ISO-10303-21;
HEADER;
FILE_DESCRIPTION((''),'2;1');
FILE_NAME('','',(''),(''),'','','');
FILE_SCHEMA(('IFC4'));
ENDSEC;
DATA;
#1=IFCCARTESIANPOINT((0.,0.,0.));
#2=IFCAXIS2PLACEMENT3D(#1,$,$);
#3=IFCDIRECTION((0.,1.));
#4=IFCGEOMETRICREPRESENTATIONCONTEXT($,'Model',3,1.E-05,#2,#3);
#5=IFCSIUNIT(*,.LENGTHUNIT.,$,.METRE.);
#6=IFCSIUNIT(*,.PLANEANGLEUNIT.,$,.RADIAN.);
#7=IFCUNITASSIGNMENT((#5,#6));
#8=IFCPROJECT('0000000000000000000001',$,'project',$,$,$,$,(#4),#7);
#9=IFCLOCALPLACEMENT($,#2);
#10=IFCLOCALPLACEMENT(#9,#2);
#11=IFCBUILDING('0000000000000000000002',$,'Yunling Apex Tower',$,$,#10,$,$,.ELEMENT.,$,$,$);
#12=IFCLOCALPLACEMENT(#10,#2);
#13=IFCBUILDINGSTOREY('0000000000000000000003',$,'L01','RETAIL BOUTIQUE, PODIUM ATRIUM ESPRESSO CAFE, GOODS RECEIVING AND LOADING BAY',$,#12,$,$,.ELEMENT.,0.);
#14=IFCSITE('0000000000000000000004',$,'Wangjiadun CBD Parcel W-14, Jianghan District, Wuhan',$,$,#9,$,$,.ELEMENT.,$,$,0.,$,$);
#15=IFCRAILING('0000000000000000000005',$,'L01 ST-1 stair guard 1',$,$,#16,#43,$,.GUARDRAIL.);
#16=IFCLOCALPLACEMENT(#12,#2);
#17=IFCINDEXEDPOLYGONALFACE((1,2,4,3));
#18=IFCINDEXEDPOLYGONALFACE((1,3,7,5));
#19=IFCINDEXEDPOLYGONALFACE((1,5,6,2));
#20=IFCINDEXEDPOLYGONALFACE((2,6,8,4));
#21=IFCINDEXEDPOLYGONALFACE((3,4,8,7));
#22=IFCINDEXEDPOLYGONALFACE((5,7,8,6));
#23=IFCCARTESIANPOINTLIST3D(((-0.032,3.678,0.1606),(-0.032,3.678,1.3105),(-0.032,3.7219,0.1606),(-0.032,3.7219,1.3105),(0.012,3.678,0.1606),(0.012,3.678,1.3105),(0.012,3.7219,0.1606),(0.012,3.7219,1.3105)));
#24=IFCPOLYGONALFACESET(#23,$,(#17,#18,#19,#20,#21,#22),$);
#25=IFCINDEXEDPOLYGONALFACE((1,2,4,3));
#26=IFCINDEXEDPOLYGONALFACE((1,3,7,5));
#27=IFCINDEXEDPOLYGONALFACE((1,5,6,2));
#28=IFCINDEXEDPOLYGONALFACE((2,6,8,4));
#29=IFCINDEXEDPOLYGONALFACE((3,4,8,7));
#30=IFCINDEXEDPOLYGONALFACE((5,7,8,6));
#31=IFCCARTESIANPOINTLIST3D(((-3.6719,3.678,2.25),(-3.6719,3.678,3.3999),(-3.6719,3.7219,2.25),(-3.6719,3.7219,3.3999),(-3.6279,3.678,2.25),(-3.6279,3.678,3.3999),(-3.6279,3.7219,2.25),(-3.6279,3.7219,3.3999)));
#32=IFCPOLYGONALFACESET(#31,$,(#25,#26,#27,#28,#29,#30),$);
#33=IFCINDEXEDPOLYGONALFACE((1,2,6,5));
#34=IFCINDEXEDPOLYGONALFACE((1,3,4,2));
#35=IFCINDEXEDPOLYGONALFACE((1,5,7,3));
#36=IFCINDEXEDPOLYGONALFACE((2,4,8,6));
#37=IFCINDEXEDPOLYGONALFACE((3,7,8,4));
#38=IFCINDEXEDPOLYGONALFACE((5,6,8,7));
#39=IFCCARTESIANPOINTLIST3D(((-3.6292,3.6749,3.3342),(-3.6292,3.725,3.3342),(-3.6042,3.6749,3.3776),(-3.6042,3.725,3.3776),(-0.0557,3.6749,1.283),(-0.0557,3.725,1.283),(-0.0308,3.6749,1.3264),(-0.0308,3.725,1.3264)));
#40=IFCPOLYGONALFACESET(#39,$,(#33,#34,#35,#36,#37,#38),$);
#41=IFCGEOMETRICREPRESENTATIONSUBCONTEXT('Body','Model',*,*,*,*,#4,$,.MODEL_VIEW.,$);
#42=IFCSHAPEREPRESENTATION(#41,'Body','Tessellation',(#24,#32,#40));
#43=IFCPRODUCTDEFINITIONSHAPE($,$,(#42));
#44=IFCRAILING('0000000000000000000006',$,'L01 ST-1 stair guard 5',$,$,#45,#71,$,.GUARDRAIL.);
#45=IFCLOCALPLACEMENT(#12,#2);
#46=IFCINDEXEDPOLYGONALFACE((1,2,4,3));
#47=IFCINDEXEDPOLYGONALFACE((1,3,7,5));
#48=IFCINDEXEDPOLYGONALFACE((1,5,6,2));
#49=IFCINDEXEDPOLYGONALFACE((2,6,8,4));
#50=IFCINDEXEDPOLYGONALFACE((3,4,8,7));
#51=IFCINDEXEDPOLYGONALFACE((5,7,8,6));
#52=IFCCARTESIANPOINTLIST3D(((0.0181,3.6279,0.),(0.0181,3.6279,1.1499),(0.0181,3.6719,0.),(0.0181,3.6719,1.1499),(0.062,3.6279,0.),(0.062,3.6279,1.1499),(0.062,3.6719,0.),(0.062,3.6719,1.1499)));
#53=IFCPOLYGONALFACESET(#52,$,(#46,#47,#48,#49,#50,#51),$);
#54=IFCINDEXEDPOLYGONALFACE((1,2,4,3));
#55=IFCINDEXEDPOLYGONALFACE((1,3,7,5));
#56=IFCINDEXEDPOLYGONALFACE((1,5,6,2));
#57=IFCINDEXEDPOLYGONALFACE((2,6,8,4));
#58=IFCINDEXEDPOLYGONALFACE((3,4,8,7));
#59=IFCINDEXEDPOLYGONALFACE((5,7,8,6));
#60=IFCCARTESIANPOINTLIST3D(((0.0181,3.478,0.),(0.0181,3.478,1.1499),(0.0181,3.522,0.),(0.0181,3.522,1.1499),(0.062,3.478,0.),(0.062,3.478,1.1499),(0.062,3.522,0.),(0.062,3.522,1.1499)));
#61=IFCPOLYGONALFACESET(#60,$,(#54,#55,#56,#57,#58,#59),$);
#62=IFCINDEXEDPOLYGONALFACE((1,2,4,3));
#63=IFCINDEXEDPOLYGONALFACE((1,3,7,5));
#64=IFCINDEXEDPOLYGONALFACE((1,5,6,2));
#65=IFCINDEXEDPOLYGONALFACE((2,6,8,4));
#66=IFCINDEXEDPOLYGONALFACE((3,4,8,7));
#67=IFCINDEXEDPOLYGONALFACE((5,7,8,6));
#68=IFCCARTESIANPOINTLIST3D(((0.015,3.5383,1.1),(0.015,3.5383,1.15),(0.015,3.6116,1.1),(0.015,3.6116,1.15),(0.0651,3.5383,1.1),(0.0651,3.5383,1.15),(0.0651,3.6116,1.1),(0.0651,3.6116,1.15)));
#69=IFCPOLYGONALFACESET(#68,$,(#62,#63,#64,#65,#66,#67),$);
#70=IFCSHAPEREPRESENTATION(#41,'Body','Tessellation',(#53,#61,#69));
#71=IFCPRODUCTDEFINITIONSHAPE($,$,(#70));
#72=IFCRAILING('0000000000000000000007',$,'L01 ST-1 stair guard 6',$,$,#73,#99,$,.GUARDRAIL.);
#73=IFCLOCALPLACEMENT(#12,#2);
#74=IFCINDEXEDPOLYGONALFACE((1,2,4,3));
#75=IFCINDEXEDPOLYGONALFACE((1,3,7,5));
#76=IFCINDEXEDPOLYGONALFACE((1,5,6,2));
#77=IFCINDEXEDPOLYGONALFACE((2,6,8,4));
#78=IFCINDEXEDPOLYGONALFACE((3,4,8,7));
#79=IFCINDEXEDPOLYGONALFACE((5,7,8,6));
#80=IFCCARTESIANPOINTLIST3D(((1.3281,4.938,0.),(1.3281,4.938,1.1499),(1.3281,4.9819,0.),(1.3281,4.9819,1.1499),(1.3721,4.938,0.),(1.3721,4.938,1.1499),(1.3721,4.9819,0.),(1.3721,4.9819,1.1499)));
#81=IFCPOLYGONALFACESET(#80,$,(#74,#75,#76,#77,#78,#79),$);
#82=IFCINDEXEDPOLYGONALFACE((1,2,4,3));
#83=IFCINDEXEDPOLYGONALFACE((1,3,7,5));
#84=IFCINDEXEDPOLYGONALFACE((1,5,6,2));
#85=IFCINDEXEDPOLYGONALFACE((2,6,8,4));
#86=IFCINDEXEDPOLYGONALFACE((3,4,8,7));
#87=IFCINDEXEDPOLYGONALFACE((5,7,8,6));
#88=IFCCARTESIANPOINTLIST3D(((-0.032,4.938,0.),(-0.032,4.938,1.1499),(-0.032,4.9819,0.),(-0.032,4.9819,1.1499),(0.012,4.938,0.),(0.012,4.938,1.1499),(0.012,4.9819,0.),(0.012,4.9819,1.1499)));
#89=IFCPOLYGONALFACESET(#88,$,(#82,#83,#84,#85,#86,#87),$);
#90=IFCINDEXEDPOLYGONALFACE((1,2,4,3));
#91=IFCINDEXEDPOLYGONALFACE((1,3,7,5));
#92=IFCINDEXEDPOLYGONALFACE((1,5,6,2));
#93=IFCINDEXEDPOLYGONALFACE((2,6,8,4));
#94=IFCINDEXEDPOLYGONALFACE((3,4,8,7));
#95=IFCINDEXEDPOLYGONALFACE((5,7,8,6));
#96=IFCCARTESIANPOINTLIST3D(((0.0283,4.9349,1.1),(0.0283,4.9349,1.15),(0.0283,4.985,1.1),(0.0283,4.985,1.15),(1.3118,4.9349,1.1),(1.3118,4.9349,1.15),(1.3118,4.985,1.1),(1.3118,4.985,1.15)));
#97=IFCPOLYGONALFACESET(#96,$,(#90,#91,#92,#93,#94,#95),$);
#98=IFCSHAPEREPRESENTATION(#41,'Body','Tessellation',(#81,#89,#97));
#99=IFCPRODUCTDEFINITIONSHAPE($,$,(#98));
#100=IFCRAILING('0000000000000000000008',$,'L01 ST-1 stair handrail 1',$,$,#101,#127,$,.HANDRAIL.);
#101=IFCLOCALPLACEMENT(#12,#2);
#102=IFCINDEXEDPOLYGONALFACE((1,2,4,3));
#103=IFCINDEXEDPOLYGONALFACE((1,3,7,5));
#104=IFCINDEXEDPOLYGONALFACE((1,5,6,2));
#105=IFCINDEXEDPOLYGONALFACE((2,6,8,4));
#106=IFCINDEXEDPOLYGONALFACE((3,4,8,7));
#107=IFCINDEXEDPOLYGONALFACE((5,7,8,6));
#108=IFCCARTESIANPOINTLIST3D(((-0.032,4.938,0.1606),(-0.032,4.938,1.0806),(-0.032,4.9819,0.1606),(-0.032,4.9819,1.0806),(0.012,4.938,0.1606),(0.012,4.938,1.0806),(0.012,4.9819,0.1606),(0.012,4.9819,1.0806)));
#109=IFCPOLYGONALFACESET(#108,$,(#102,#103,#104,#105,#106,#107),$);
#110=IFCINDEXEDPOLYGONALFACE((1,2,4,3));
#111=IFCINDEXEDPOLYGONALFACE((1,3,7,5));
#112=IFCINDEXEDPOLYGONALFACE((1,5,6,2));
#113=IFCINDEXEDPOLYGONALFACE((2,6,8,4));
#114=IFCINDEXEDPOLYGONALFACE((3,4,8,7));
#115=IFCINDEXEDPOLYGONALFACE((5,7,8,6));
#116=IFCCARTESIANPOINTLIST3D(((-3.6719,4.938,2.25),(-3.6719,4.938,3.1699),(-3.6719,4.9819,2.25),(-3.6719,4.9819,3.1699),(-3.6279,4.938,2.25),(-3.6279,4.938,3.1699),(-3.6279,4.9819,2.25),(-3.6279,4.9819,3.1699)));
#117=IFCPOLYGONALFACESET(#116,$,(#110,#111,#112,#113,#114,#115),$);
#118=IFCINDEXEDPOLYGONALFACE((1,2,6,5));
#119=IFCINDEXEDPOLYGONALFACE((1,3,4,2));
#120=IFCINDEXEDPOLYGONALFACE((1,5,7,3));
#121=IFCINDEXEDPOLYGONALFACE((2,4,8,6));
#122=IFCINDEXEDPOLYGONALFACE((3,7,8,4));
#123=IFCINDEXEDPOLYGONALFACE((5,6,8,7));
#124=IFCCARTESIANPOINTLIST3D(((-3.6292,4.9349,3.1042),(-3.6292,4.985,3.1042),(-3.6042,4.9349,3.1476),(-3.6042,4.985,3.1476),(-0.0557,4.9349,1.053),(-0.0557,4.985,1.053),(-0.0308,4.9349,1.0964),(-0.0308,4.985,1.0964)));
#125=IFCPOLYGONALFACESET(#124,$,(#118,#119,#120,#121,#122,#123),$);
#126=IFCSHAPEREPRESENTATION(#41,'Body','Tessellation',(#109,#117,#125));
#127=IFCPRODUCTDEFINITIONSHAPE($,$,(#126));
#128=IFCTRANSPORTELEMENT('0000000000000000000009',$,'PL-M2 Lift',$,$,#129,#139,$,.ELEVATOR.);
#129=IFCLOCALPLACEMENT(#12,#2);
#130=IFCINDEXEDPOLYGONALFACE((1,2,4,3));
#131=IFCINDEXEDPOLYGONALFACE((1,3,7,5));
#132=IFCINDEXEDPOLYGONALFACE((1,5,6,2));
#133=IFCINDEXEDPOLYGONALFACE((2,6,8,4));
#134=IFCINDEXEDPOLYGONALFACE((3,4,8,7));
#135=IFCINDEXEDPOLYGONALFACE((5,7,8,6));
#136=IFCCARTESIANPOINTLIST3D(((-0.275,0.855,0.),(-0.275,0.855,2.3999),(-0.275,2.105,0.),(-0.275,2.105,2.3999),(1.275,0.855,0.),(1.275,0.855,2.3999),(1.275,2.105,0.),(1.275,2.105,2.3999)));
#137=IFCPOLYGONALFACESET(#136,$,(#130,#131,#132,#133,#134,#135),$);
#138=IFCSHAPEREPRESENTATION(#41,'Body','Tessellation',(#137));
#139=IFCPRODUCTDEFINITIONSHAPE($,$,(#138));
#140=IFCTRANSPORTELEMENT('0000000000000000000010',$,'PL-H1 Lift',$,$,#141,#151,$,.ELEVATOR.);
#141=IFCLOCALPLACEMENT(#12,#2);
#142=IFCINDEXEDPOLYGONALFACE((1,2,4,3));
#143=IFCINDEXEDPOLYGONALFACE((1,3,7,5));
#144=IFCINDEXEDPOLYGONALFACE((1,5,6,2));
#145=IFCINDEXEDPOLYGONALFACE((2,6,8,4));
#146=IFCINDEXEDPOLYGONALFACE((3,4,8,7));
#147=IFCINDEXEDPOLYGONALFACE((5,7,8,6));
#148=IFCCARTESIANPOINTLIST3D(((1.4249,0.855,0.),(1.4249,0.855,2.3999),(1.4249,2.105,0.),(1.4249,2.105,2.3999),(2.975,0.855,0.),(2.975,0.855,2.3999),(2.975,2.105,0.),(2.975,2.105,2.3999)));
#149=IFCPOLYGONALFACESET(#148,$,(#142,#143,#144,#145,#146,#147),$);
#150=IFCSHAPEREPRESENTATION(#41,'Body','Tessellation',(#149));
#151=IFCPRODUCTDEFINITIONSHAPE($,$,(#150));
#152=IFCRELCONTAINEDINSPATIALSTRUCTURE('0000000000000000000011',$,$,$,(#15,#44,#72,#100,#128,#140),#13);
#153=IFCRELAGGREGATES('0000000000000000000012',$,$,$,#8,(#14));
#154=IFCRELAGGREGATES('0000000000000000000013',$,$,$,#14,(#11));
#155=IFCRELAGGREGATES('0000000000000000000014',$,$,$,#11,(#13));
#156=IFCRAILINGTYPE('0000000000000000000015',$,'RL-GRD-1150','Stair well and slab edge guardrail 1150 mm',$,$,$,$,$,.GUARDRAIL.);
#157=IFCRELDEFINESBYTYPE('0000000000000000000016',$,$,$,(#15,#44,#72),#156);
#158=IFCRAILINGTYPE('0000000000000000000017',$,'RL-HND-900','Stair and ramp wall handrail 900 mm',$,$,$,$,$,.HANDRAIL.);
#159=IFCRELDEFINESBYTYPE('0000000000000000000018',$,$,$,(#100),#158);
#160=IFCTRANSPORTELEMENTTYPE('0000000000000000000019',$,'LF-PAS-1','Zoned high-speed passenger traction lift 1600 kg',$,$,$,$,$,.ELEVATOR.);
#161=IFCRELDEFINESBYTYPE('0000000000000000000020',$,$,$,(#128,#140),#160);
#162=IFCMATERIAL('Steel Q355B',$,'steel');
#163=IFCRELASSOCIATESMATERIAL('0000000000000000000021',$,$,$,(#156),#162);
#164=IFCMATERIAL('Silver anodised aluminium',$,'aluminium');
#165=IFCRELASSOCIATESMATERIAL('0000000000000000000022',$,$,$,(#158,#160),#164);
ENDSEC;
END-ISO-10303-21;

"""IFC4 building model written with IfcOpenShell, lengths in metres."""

from ifc_helpers import new_model, si_unit, direction, frame, origin, origin_2d, place, context, subcontext, project, spatial, rectangle, extrude, source, transform, mapped, material, type_object, element, save


model = new_model("IFC4")

# Units and contexts
model_context = context("Model", 3, precision=1e-05, world=origin(), true_north=direction((0.0, 1.0)))
body_context = subcontext(model_context, "Body", "Model", "MODEL_VIEW")
ifc_project = project(units=[si_unit("LENGTHUNIT", "METRE"), si_unit("PLANEANGLEUNIT", "RADIAN")], contexts=[model_context])

# Site, building, storey
site_placement = place(None, origin())
site = spatial("IfcSite", under=ifc_project, at=site_placement, Name="Wangjiadun CBD Parcel W-14, Jianghan District, Wuhan", CompositionType="ELEMENT", RefElevation=0.0)
building_placement = place(site_placement, origin())
building = spatial("IfcBuilding", under=site, at=building_placement, Name="Yunling Apex Tower", CompositionType="ELEMENT")
storey_placement = place(building_placement, origin())
storey = spatial("IfcBuildingStorey", under=building, at=storey_placement, Name="L01", Description="RETAIL BOUTIQUE, PODIUM ATRIUM ESPRESSO CAFE, GOODS RECEIVING AND LOADING BAY", CompositionType="ELEMENT", Elevation=0.0)

# Shared definitions
ifc_material_1 = material(Name="Steel Q355B", Category="steel")

# Railings
railing_type_1 = type_object("IfcRailingType", Name="RL-GRD-1150", Description="Stair well and slab edge guardrail 1150 mm", PredefinedType="GUARDRAIL", material=ifc_material_1)
railing_1_placement = place(storey_placement, frame((-0.01, 3.7, 0.1606)))
element("IfcRailing", 1, at=railing_1_placement, inside=storey, type_object=railing_type_1, Name="L01 ST-1 stair guard 1", PredefinedType="GUARDRAIL", context=body_context, shape_type="SweptSolid", body=[
    extrude(rectangle(XDim=0.0439, YDim=0.0439, at=origin_2d()), origin(), (0.0, 0.0, 1.0), 1.1499),
    extrude(rectangle(XDim=0.0439, YDim=0.0439, at=origin_2d()), frame((-3.6399, 0.0, 2.0894)), (0.0, 0.0, 1.0), 1.1499),
    extrude(rectangle(XDim=0.05, YDim=0.05, at=origin_2d()), frame((-0.0332, 0.0, 1.144), z_axis=(-0.867275, 0.0, 0.497829), x_axis=(0.0, -1.0, 0.0)), (0.0, 0.0, 1.0), 4.1204),
])
railing_2_placement = place(storey_placement, frame((0.04, 3.6499, 0.0)))
element("IfcRailing", 2, at=railing_2_placement, inside=storey, type_object=railing_type_1, Name="L01 ST-1 stair guard 5", PredefinedType="GUARDRAIL", context=body_context, shape_type="SweptSolid", body=[
    extrude(rectangle(XDim=0.0439, YDim=0.0439, at=origin_2d()), origin(), (0.0, 0.0, 1.0), 1.1499),
    extrude(rectangle(XDim=0.0439, YDim=0.0439, at=origin_2d()), frame((0.0, -0.1499, 0.0)), (0.0, 0.0, 1.0), 1.1499),
    extrude(rectangle(XDim=0.05, YDim=0.05, at=origin_2d()), frame((0.0, -0.0383, 1.125), z_axis=(0.0, -1.0, 0.0), x_axis=(1.0, 0.0, 0.0)), (0.0, 0.0, 1.0), 0.0732),
])
railing_3_placement = place(storey_placement, frame((1.3501, 4.96, 0.0)))
element("IfcRailing", 3, at=railing_3_placement, inside=storey, type_object=railing_type_1, Name="L01 ST-1 stair guard 6", PredefinedType="GUARDRAIL", context=body_context, shape_type="SweptSolid", body=[
    extrude(rectangle(XDim=0.0439, YDim=0.0439, at=origin_2d()), origin(), (0.0, 0.0, 1.0), 1.1499),
    extrude(rectangle(XDim=0.0439, YDim=0.0439, at=origin_2d()), frame((-1.3601, 0.0, 0.0)), (0.0, 0.0, 1.0), 1.1499),
    extrude(rectangle(XDim=0.05, YDim=0.05, at=origin_2d()), frame((-0.0383, 0.0, 1.125), z_axis=(-1.0, 0.0, 0.0), x_axis=(0.0, -1.0, 0.0)), (0.0, 0.0, 1.0), 1.2834),
])
ifc_material_2 = material(Name="Silver anodised aluminium", Category="aluminium")
railing_type_2 = type_object("IfcRailingType", Name="RL-HND-900", Description="Stair and ramp wall handrail 900 mm", PredefinedType="HANDRAIL", material=ifc_material_2)
railing_4_placement = place(storey_placement, frame((-0.01, 4.96, 0.1606)))
element("IfcRailing", 4, at=railing_4_placement, inside=storey, type_object=railing_type_2, Name="L01 ST-1 stair handrail 1", PredefinedType="HANDRAIL", context=body_context, shape_type="SweptSolid", body=[
    extrude(rectangle(XDim=0.0439, YDim=0.0439, at=origin_2d()), origin(), (0.0, 0.0, 1.0), 0.9199),
    extrude(rectangle(XDim=0.0439, YDim=0.0439, at=origin_2d()), frame((-3.6399, 0.0, 2.0894)), (0.0, 0.0, 1.0), 0.9199),
    extrude(rectangle(XDim=0.05, YDim=0.05, at=origin_2d()), frame((-0.0332, 0.0, 0.9141), z_axis=(-0.867275, 0.0, 0.497829), x_axis=(0.0, -1.0, 0.0)), (0.0, 0.0, 1.0), 4.1204),
])

# Transport elements
transport_element_type = type_object("IfcTransportElementType", Name="LF-PAS-1", Description="Zoned high-speed passenger traction lift 1600 kg", PredefinedType="ELEVATOR", material=ifc_material_2)
shared_shape = source(origin(), body_context, "Body", "SweptSolid", [
    extrude(rectangle(XDim=1.55, YDim=1.25, at=origin_2d()), origin(), (0.0, 0.0, 1.0), 2.3999),
])
for number, where, z_axis, x_axis, name in (
    (5, (0.5, 1.48, 0.0), (0.0, 0.0, 1.0), (1.0, 0.0, 0.0), "PL-M2 Lift"),
    (6, (2.2, 1.48, 0.0), (0.0, 0.0, 1.0), (1.0, 0.0, 0.0), "PL-H1 Lift"),
):
    element("IfcTransportElement", number, at=place(storey_placement, frame(where, z_axis=z_axis, x_axis=x_axis)), inside=storey, type_object=transport_element_type, Name=name, PredefinedType="ELEVATOR", context=body_context, shape_type="MappedRepresentation", body=[
        mapped(shared_shape, transform((0.0, 0.0, 0.0), scale=1.0)),
    ])

save(model, "model.ifc")
